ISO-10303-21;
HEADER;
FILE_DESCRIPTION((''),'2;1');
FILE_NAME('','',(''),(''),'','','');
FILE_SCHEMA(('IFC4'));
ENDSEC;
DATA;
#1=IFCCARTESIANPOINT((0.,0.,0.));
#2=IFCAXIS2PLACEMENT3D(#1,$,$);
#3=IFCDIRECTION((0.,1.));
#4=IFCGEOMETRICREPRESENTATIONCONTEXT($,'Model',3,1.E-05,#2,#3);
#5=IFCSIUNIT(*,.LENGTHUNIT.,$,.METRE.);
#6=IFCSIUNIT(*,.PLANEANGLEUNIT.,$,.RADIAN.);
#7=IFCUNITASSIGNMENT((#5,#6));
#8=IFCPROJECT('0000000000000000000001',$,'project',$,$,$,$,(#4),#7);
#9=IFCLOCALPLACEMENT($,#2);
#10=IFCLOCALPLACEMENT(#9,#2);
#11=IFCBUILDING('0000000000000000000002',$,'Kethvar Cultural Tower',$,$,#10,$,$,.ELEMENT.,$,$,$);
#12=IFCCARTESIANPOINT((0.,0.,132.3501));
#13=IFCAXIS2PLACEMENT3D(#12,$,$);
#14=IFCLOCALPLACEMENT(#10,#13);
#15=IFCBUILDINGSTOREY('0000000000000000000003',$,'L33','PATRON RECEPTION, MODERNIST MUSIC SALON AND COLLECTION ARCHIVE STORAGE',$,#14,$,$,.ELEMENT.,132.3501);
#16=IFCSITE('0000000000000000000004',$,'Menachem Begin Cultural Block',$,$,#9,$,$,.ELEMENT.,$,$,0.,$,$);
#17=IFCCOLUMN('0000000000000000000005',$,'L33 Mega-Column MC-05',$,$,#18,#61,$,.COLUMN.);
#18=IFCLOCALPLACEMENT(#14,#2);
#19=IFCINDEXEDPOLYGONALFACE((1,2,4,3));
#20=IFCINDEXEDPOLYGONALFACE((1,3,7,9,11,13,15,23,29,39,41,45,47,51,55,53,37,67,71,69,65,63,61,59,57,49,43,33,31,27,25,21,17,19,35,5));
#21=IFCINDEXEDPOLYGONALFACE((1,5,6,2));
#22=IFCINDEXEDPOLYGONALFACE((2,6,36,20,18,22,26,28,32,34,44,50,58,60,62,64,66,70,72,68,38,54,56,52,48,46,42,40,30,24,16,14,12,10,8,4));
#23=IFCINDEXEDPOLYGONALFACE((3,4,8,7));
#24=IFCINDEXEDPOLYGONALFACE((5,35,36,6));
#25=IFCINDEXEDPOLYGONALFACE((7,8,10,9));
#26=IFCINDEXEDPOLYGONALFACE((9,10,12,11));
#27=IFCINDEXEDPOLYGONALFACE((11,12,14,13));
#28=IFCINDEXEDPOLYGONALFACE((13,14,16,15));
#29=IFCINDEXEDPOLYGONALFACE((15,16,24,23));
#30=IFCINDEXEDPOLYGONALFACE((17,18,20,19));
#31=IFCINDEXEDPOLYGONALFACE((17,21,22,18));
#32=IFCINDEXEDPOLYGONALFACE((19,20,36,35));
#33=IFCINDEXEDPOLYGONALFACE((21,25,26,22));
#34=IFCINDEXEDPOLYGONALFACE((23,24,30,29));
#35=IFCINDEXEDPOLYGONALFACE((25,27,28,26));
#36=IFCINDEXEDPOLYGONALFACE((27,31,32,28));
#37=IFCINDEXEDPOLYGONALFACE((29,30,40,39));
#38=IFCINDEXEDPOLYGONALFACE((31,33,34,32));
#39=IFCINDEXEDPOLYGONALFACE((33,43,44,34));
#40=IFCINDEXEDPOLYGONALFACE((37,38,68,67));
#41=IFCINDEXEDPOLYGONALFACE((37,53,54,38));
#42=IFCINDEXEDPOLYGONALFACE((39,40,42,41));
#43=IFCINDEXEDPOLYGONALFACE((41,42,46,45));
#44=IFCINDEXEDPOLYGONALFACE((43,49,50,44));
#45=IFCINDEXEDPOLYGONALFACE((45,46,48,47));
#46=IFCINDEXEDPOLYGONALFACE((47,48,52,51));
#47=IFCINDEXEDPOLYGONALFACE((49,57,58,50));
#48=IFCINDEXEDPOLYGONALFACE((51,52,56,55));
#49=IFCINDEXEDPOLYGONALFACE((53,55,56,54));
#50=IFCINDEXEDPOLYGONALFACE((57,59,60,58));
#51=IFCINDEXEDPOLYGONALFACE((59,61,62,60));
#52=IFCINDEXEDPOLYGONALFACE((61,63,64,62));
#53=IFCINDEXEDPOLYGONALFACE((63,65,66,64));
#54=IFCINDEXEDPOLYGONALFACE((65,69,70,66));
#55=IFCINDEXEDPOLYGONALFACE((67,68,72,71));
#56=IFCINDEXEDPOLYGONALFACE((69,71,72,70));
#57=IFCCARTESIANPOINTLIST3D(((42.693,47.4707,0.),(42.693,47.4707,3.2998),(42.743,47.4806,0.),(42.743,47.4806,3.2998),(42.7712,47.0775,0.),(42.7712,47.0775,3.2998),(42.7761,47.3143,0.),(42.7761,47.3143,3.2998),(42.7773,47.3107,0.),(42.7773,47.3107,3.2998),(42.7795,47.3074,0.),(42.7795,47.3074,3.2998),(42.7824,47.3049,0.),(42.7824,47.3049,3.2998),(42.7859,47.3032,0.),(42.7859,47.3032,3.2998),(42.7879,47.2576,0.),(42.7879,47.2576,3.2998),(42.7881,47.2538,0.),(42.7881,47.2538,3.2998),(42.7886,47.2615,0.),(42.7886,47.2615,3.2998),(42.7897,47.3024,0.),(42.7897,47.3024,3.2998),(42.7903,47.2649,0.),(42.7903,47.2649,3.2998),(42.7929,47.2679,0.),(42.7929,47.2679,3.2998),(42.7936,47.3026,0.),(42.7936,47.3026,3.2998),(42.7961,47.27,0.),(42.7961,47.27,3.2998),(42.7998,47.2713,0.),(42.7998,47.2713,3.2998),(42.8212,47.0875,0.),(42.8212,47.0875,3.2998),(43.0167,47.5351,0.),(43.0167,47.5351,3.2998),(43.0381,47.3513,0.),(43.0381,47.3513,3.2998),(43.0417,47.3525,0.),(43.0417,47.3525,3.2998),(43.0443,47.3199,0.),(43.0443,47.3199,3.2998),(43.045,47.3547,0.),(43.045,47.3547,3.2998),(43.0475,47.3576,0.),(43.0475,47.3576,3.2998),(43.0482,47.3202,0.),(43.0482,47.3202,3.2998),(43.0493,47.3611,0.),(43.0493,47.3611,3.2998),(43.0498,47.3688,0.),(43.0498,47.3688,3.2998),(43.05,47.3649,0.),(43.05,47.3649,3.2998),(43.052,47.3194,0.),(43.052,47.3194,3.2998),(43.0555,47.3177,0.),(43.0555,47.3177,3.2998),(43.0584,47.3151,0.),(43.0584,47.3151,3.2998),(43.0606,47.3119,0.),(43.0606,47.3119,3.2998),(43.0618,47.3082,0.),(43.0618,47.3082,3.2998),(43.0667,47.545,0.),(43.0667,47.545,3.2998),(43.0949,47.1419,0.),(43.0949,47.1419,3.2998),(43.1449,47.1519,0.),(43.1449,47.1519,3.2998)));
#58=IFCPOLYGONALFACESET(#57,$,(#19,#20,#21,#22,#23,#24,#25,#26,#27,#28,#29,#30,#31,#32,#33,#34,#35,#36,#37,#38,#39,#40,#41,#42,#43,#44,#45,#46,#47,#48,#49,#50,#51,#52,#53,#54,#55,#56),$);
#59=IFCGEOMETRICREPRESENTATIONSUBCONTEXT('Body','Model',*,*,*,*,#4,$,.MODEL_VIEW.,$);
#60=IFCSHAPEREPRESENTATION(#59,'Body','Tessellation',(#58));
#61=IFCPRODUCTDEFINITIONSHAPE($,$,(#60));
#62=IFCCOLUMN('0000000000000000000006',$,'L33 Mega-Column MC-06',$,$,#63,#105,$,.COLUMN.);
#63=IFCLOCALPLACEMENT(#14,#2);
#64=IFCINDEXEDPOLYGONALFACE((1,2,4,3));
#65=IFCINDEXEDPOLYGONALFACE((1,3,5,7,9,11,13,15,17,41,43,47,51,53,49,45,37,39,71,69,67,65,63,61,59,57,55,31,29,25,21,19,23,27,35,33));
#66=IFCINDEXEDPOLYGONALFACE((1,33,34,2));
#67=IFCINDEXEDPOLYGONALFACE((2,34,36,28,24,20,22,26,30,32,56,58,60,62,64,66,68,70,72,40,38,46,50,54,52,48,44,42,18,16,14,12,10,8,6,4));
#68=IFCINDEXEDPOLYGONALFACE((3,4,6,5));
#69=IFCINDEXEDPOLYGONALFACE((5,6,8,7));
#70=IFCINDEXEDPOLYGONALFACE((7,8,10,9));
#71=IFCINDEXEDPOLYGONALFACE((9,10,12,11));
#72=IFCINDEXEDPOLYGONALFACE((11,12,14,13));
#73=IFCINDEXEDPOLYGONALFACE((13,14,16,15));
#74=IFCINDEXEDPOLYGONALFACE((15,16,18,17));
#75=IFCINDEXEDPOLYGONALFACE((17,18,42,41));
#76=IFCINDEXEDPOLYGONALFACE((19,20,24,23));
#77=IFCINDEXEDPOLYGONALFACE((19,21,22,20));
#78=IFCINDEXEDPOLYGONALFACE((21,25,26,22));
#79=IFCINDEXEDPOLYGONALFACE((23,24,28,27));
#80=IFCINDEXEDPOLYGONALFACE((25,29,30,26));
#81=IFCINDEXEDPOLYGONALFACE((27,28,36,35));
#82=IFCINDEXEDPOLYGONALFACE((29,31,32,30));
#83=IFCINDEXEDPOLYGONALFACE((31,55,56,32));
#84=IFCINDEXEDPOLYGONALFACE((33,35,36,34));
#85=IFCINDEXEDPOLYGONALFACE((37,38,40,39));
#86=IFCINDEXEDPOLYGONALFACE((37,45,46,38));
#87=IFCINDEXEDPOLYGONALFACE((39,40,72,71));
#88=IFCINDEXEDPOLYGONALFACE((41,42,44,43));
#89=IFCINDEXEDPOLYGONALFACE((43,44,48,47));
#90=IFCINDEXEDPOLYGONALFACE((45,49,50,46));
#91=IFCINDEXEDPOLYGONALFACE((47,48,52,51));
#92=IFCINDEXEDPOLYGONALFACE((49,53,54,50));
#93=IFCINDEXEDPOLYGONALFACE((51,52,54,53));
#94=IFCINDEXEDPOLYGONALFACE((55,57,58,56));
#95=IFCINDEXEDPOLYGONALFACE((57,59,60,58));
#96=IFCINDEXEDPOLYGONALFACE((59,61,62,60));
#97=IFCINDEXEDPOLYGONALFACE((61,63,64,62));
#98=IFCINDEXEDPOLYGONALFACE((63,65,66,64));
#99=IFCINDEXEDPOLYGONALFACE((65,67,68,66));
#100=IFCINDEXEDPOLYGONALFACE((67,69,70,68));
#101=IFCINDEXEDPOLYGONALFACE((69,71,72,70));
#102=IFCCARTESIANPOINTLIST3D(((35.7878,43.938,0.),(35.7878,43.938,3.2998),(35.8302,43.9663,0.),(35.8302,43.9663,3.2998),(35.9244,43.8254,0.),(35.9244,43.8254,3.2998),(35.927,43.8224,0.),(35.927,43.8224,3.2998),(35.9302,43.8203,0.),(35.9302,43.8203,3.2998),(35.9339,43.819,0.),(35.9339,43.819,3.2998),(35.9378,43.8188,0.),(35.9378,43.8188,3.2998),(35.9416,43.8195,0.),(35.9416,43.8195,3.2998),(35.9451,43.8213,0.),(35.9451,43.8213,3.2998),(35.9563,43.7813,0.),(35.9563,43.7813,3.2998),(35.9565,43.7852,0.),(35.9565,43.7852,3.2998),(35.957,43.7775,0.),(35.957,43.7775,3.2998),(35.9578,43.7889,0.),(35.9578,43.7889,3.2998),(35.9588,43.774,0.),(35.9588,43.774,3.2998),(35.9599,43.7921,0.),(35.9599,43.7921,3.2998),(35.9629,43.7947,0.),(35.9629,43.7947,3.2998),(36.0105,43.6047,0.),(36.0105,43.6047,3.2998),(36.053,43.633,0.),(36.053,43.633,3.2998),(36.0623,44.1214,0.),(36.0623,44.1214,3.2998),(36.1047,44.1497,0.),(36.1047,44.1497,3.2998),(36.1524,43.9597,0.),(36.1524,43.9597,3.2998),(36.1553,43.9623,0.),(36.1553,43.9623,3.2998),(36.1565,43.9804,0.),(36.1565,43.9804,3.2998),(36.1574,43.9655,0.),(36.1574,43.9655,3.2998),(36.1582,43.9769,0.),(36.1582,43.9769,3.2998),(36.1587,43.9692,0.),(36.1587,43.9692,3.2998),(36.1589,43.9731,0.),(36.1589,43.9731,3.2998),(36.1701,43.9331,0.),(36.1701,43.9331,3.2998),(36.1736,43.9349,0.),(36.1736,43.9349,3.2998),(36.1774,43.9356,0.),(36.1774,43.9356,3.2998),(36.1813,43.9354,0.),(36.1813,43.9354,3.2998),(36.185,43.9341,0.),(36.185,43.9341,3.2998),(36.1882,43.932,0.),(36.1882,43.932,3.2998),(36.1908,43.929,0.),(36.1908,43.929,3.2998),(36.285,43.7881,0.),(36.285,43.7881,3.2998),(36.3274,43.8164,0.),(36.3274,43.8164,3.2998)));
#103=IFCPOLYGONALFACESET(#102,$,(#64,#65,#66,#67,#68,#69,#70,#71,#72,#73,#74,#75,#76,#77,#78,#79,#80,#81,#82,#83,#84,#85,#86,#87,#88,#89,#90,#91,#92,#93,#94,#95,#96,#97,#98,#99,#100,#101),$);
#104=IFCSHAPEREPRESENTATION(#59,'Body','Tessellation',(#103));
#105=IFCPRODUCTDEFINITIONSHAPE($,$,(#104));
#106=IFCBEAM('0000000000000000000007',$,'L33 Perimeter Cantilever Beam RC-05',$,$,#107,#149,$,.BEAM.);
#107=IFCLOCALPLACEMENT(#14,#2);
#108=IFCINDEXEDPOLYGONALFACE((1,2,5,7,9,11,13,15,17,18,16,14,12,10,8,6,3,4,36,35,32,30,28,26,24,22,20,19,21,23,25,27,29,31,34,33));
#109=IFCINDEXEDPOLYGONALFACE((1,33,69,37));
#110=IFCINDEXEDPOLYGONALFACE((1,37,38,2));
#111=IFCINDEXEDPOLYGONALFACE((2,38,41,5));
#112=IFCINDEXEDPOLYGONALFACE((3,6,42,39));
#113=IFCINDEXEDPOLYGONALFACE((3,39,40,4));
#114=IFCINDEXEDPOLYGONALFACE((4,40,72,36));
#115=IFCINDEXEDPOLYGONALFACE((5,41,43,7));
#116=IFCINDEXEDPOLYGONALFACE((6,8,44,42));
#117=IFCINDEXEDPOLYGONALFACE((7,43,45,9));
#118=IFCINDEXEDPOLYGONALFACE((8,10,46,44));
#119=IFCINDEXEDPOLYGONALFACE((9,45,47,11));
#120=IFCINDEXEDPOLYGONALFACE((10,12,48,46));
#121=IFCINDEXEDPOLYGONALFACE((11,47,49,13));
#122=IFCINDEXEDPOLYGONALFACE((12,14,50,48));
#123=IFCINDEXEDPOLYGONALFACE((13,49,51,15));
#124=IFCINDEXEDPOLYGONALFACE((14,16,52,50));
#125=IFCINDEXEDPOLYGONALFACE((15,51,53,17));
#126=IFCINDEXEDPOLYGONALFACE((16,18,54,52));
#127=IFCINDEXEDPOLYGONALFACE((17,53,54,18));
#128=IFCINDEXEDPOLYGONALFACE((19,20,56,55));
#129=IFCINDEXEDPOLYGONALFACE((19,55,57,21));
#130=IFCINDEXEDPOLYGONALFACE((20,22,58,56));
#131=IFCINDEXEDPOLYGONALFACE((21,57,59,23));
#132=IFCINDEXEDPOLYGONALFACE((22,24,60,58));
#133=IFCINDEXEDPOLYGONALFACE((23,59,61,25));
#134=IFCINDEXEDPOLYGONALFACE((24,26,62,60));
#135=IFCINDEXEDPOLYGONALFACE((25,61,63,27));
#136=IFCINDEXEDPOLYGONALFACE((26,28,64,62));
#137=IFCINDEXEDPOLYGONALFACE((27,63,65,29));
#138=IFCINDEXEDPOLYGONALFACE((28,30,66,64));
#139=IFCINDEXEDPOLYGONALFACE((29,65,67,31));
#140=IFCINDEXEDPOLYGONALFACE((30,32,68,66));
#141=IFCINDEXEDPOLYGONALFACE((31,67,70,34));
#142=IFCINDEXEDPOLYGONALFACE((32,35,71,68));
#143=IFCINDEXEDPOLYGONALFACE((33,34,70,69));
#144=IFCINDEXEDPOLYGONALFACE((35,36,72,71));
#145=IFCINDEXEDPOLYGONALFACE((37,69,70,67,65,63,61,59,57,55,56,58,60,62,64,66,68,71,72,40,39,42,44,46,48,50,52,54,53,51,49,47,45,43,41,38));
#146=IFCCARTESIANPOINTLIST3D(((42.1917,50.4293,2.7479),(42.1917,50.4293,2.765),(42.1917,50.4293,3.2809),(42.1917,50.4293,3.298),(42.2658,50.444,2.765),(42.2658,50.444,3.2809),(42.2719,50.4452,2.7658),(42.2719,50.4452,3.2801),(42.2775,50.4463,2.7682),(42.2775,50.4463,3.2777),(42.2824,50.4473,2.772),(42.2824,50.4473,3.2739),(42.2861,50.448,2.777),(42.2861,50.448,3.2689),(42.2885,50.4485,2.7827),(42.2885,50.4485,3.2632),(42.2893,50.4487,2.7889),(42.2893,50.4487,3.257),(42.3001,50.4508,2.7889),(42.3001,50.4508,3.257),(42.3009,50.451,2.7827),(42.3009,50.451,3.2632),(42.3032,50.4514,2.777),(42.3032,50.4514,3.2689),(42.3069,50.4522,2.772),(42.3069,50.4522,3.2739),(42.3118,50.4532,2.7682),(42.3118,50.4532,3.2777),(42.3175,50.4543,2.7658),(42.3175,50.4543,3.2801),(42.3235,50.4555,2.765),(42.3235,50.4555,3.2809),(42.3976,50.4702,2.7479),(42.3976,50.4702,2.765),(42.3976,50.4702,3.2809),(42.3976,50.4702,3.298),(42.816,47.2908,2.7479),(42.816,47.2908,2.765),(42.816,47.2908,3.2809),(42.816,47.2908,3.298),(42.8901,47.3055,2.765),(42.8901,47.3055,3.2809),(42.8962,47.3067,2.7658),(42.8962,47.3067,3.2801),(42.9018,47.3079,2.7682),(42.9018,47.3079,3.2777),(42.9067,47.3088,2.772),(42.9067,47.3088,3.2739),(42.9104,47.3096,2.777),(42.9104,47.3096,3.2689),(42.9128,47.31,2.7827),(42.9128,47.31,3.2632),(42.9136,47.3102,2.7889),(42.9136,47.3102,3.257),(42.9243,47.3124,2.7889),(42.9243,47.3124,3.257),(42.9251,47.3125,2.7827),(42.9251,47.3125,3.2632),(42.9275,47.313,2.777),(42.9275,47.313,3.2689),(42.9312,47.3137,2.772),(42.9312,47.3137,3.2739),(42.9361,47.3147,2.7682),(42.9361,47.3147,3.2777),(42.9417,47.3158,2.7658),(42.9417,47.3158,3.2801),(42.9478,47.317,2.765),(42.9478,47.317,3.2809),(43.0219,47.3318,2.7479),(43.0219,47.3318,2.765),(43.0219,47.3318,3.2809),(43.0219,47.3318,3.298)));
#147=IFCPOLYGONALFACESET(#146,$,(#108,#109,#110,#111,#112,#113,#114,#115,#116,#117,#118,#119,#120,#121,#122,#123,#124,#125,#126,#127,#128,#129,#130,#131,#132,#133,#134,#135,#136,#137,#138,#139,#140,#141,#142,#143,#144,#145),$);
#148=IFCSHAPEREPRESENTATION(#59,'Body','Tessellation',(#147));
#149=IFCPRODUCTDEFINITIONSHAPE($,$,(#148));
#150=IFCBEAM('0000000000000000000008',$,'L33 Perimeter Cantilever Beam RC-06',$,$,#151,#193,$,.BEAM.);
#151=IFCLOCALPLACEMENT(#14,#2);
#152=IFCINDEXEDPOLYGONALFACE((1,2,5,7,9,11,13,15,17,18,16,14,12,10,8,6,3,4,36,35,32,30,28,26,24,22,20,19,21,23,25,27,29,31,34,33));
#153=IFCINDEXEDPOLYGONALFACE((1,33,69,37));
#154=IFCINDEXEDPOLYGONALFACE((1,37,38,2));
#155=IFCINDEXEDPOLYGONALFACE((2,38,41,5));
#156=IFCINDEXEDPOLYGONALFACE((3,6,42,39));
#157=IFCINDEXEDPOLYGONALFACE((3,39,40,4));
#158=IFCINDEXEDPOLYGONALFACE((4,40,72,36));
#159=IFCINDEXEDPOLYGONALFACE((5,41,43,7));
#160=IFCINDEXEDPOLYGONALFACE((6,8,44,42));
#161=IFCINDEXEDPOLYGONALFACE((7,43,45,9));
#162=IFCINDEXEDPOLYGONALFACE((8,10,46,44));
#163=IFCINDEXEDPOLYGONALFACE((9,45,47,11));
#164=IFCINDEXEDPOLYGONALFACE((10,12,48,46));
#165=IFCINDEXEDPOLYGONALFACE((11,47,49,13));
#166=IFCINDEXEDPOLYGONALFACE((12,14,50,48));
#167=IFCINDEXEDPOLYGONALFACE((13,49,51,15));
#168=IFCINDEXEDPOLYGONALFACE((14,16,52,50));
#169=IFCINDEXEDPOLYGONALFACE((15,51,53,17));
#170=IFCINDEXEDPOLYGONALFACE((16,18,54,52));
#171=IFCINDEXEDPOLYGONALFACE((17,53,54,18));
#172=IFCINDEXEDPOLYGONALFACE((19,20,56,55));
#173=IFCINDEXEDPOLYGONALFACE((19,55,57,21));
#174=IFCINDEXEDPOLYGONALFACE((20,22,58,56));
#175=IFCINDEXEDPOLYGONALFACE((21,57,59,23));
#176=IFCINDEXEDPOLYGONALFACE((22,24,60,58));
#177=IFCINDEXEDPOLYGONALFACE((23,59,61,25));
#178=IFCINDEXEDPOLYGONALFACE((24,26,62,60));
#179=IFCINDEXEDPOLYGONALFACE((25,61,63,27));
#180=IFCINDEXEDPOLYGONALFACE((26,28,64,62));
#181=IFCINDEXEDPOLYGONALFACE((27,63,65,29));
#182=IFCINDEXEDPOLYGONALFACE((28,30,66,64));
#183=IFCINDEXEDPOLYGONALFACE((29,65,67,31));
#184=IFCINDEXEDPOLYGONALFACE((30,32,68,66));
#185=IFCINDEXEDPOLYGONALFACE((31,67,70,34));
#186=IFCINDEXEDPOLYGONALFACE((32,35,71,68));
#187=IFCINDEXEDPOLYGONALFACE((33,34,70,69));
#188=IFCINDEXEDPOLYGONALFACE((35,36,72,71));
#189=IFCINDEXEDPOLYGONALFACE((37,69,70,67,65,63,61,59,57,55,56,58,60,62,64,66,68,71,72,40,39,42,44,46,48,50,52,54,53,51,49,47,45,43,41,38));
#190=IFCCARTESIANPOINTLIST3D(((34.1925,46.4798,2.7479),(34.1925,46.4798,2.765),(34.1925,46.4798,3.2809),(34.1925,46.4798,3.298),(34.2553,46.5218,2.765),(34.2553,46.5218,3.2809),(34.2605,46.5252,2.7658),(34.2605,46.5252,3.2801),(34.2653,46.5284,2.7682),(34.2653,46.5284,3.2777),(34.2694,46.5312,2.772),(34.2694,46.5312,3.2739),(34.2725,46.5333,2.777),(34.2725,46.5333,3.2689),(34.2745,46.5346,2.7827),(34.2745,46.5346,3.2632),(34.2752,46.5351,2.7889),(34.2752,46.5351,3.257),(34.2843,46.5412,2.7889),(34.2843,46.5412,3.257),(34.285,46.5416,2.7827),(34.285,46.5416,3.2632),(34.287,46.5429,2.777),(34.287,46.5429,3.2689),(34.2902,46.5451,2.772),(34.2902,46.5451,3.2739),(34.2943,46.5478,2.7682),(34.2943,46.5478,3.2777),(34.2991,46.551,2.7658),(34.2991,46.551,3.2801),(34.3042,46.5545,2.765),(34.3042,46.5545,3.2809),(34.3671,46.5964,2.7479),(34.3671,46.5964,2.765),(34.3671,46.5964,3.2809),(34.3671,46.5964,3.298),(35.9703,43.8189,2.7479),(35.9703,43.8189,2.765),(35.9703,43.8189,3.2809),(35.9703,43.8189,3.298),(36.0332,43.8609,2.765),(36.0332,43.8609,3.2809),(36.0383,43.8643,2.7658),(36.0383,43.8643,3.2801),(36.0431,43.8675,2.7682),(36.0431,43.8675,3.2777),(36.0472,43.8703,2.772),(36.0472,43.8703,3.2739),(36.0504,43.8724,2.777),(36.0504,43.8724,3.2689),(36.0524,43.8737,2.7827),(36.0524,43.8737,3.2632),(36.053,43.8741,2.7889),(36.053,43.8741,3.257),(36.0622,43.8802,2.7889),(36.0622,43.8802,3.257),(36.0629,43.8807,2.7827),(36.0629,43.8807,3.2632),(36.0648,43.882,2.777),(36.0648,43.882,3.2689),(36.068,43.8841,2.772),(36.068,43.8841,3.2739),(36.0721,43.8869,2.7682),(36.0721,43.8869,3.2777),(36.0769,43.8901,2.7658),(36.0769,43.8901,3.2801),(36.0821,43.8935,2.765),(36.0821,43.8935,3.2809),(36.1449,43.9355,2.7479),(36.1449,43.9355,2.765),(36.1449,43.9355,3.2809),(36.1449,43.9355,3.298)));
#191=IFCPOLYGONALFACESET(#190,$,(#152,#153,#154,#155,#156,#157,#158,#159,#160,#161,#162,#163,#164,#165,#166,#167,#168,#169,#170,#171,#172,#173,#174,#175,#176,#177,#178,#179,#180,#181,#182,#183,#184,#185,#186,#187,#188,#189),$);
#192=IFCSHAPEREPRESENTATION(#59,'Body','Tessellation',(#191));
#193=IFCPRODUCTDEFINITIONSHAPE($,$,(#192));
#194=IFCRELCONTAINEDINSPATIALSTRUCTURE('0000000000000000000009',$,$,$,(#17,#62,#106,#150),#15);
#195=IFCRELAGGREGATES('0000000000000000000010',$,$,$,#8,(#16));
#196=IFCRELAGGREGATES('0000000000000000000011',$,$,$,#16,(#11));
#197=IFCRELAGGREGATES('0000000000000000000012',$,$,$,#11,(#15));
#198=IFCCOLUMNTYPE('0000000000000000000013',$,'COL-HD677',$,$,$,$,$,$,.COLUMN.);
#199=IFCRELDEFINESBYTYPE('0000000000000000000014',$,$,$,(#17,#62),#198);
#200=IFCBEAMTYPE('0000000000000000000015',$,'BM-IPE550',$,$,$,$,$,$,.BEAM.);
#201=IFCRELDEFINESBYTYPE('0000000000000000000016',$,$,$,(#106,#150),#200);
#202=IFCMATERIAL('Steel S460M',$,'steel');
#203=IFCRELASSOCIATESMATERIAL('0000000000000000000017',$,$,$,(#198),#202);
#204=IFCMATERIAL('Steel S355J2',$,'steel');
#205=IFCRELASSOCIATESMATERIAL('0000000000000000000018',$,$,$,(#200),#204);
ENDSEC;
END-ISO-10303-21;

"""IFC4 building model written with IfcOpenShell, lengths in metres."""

from ifc_helpers import new_model, si_unit, direction, frame, origin, origin_2d, place, context, subcontext, project, spatial, i_section, extrude, source, transform, mapped, material, material_profile, profile_set, type_object, element, save


model = new_model("IFC4")

# Units and contexts
model_context = context("Model", 3, precision=1e-05, world=origin(), true_north=direction((0.0, 1.0)))
body_context = subcontext(model_context, "Body", "Model", "MODEL_VIEW")
ifc_project = project(units=[si_unit("LENGTHUNIT", "METRE"), si_unit("PLANEANGLEUNIT", "RADIAN")], contexts=[model_context])

# Site, building, storey
site_placement = place(None, origin())
site = spatial("IfcSite", under=ifc_project, at=site_placement, Name="Menachem Begin Cultural Block", CompositionType="ELEMENT", RefElevation=0.0)
building_placement = place(site_placement, origin())
building = spatial("IfcBuilding", under=site, at=building_placement, Name="Kethvar Cultural Tower", CompositionType="ELEMENT")
storey_placement = place(building_placement, frame((0.0, 0.0, 132.3501)))
storey = spatial("IfcBuildingStorey", under=building, at=storey_placement, Name="L33", Description="PATRON RECEPTION, MODERNIST MUSIC SALON AND COLLECTION ARCHIVE STORAGE", CompositionType="ELEMENT", Elevation=132.3501)

# Columns
ifc_material_1 = material(Name="Steel S460M", Category="steel")
ifc_material_profile_1 = material_profile(ifc_material_1, i_section(OverallWidth=0.4009, OverallDepth=0.3811, WebThickness=0.032, FlangeThickness=0.051, FilletRadius=0.0149, at=origin_2d()), Name="Steel S460M — HD400x677")
ifc_profile_set_1 = profile_set([ifc_material_profile_1], Name="Steel S460M — HD400x677")
column_type = type_object("IfcColumnType", Name="COL-HD677", PredefinedType="COLUMN", material=ifc_profile_set_1)
shared_shape_1 = source(origin(), body_context, "Body", "SweptSolid", [
    extrude(i_section(OverallWidth=0.4009, OverallDepth=0.3811, WebThickness=0.032, FlangeThickness=0.051, FilletRadius=0.0149, at=origin_2d()), origin(), (0.0, 0.0, 1.0), 3.2998),
])
for number, where, z_axis, x_axis, name in (
    (1, (42.9189, 47.3113, 0.0), (0.0, 0.0, 1.0), (-0.19509, 0.980785, 0.0), "L33 Mega-Column MC-05"),
    (2, (36.0576, 43.8772, 0.0), (0.0, 0.0, 1.0), (-0.55557, 0.83147, 0.0), "L33 Mega-Column MC-06"),
):
    element("IfcColumn", number, at=place(storey_placement, frame(where, z_axis=z_axis, x_axis=x_axis)), inside=storey, type_object=column_type, Name=name, PredefinedType="COLUMN", context=body_context, shape_type="MappedRepresentation", body=[
        mapped(shared_shape_1, transform((0.0, 0.0, 0.0), scale=1.0)),
    ])

# Beams
ifc_material_2 = material(Name="Steel S355J2", Category="steel")
ifc_material_profile_2 = material_profile(ifc_material_2, i_section(OverallWidth=0.21, OverallDepth=0.55, WebThickness=0.011, FlangeThickness=0.0171, FilletRadius=0.0239, at=origin_2d()), Name="Steel S355J2 — IPE550")
ifc_profile_set_2 = profile_set([ifc_material_profile_2], Name="Steel S355J2 — IPE550")
beam_type_1 = type_object("IfcBeamType", Name="BM-IPE550", PredefinedType="BEAM", material=ifc_profile_set_2)
shared_shape_2 = source(origin(), body_context, "Body", "SweptSolid", [
    extrude(i_section(OverallWidth=0.21, OverallDepth=0.55, WebThickness=0.011, FlangeThickness=0.0171, FilletRadius=0.0239, at=origin_2d()), origin(), (0.0, 0.0, 1.0), 3.2),
])
beam_1_placement = place(storey_placement, frame((42.9189, 47.3113, 3.0229), z_axis=(-0.195089, 0.980786, 0.0), x_axis=(-0.980786, -0.195089, 0.0)))
element("IfcBeam", 3, at=beam_1_placement, inside=storey, type_object=beam_type_1, Name="L33 Perimeter Cantilever Beam RC-05", PredefinedType="BEAM", context=body_context, shape_type="MappedRepresentation", body=[
    mapped(shared_shape_2, transform((0.0, 0.0, 0.0), scale=1.0)),
])
shared_shape_3 = source(origin(), body_context, "Body", "SweptSolid", [
    extrude(i_section(OverallWidth=0.21, OverallDepth=0.55, WebThickness=0.011, FlangeThickness=0.0171, FilletRadius=0.0239, at=origin_2d()), origin(), (0.0, 0.0, 1.0), 3.2002),
])
beam_2_placement = place(storey_placement, frame((36.0576, 43.8772, 3.0229), z_axis=(-0.555545, 0.831486, 0.0), x_axis=(-0.831486, -0.555545, 0.0)))
element("IfcBeam", 4, at=beam_2_placement, inside=storey, type_object=beam_type_1, Name="L33 Perimeter Cantilever Beam RC-06", PredefinedType="BEAM", context=body_context, shape_type="MappedRepresentation", body=[
    mapped(shared_shape_3, transform((0.0, 0.0, 0.0), scale=1.0)),
])

save(model, "model.ifc")
